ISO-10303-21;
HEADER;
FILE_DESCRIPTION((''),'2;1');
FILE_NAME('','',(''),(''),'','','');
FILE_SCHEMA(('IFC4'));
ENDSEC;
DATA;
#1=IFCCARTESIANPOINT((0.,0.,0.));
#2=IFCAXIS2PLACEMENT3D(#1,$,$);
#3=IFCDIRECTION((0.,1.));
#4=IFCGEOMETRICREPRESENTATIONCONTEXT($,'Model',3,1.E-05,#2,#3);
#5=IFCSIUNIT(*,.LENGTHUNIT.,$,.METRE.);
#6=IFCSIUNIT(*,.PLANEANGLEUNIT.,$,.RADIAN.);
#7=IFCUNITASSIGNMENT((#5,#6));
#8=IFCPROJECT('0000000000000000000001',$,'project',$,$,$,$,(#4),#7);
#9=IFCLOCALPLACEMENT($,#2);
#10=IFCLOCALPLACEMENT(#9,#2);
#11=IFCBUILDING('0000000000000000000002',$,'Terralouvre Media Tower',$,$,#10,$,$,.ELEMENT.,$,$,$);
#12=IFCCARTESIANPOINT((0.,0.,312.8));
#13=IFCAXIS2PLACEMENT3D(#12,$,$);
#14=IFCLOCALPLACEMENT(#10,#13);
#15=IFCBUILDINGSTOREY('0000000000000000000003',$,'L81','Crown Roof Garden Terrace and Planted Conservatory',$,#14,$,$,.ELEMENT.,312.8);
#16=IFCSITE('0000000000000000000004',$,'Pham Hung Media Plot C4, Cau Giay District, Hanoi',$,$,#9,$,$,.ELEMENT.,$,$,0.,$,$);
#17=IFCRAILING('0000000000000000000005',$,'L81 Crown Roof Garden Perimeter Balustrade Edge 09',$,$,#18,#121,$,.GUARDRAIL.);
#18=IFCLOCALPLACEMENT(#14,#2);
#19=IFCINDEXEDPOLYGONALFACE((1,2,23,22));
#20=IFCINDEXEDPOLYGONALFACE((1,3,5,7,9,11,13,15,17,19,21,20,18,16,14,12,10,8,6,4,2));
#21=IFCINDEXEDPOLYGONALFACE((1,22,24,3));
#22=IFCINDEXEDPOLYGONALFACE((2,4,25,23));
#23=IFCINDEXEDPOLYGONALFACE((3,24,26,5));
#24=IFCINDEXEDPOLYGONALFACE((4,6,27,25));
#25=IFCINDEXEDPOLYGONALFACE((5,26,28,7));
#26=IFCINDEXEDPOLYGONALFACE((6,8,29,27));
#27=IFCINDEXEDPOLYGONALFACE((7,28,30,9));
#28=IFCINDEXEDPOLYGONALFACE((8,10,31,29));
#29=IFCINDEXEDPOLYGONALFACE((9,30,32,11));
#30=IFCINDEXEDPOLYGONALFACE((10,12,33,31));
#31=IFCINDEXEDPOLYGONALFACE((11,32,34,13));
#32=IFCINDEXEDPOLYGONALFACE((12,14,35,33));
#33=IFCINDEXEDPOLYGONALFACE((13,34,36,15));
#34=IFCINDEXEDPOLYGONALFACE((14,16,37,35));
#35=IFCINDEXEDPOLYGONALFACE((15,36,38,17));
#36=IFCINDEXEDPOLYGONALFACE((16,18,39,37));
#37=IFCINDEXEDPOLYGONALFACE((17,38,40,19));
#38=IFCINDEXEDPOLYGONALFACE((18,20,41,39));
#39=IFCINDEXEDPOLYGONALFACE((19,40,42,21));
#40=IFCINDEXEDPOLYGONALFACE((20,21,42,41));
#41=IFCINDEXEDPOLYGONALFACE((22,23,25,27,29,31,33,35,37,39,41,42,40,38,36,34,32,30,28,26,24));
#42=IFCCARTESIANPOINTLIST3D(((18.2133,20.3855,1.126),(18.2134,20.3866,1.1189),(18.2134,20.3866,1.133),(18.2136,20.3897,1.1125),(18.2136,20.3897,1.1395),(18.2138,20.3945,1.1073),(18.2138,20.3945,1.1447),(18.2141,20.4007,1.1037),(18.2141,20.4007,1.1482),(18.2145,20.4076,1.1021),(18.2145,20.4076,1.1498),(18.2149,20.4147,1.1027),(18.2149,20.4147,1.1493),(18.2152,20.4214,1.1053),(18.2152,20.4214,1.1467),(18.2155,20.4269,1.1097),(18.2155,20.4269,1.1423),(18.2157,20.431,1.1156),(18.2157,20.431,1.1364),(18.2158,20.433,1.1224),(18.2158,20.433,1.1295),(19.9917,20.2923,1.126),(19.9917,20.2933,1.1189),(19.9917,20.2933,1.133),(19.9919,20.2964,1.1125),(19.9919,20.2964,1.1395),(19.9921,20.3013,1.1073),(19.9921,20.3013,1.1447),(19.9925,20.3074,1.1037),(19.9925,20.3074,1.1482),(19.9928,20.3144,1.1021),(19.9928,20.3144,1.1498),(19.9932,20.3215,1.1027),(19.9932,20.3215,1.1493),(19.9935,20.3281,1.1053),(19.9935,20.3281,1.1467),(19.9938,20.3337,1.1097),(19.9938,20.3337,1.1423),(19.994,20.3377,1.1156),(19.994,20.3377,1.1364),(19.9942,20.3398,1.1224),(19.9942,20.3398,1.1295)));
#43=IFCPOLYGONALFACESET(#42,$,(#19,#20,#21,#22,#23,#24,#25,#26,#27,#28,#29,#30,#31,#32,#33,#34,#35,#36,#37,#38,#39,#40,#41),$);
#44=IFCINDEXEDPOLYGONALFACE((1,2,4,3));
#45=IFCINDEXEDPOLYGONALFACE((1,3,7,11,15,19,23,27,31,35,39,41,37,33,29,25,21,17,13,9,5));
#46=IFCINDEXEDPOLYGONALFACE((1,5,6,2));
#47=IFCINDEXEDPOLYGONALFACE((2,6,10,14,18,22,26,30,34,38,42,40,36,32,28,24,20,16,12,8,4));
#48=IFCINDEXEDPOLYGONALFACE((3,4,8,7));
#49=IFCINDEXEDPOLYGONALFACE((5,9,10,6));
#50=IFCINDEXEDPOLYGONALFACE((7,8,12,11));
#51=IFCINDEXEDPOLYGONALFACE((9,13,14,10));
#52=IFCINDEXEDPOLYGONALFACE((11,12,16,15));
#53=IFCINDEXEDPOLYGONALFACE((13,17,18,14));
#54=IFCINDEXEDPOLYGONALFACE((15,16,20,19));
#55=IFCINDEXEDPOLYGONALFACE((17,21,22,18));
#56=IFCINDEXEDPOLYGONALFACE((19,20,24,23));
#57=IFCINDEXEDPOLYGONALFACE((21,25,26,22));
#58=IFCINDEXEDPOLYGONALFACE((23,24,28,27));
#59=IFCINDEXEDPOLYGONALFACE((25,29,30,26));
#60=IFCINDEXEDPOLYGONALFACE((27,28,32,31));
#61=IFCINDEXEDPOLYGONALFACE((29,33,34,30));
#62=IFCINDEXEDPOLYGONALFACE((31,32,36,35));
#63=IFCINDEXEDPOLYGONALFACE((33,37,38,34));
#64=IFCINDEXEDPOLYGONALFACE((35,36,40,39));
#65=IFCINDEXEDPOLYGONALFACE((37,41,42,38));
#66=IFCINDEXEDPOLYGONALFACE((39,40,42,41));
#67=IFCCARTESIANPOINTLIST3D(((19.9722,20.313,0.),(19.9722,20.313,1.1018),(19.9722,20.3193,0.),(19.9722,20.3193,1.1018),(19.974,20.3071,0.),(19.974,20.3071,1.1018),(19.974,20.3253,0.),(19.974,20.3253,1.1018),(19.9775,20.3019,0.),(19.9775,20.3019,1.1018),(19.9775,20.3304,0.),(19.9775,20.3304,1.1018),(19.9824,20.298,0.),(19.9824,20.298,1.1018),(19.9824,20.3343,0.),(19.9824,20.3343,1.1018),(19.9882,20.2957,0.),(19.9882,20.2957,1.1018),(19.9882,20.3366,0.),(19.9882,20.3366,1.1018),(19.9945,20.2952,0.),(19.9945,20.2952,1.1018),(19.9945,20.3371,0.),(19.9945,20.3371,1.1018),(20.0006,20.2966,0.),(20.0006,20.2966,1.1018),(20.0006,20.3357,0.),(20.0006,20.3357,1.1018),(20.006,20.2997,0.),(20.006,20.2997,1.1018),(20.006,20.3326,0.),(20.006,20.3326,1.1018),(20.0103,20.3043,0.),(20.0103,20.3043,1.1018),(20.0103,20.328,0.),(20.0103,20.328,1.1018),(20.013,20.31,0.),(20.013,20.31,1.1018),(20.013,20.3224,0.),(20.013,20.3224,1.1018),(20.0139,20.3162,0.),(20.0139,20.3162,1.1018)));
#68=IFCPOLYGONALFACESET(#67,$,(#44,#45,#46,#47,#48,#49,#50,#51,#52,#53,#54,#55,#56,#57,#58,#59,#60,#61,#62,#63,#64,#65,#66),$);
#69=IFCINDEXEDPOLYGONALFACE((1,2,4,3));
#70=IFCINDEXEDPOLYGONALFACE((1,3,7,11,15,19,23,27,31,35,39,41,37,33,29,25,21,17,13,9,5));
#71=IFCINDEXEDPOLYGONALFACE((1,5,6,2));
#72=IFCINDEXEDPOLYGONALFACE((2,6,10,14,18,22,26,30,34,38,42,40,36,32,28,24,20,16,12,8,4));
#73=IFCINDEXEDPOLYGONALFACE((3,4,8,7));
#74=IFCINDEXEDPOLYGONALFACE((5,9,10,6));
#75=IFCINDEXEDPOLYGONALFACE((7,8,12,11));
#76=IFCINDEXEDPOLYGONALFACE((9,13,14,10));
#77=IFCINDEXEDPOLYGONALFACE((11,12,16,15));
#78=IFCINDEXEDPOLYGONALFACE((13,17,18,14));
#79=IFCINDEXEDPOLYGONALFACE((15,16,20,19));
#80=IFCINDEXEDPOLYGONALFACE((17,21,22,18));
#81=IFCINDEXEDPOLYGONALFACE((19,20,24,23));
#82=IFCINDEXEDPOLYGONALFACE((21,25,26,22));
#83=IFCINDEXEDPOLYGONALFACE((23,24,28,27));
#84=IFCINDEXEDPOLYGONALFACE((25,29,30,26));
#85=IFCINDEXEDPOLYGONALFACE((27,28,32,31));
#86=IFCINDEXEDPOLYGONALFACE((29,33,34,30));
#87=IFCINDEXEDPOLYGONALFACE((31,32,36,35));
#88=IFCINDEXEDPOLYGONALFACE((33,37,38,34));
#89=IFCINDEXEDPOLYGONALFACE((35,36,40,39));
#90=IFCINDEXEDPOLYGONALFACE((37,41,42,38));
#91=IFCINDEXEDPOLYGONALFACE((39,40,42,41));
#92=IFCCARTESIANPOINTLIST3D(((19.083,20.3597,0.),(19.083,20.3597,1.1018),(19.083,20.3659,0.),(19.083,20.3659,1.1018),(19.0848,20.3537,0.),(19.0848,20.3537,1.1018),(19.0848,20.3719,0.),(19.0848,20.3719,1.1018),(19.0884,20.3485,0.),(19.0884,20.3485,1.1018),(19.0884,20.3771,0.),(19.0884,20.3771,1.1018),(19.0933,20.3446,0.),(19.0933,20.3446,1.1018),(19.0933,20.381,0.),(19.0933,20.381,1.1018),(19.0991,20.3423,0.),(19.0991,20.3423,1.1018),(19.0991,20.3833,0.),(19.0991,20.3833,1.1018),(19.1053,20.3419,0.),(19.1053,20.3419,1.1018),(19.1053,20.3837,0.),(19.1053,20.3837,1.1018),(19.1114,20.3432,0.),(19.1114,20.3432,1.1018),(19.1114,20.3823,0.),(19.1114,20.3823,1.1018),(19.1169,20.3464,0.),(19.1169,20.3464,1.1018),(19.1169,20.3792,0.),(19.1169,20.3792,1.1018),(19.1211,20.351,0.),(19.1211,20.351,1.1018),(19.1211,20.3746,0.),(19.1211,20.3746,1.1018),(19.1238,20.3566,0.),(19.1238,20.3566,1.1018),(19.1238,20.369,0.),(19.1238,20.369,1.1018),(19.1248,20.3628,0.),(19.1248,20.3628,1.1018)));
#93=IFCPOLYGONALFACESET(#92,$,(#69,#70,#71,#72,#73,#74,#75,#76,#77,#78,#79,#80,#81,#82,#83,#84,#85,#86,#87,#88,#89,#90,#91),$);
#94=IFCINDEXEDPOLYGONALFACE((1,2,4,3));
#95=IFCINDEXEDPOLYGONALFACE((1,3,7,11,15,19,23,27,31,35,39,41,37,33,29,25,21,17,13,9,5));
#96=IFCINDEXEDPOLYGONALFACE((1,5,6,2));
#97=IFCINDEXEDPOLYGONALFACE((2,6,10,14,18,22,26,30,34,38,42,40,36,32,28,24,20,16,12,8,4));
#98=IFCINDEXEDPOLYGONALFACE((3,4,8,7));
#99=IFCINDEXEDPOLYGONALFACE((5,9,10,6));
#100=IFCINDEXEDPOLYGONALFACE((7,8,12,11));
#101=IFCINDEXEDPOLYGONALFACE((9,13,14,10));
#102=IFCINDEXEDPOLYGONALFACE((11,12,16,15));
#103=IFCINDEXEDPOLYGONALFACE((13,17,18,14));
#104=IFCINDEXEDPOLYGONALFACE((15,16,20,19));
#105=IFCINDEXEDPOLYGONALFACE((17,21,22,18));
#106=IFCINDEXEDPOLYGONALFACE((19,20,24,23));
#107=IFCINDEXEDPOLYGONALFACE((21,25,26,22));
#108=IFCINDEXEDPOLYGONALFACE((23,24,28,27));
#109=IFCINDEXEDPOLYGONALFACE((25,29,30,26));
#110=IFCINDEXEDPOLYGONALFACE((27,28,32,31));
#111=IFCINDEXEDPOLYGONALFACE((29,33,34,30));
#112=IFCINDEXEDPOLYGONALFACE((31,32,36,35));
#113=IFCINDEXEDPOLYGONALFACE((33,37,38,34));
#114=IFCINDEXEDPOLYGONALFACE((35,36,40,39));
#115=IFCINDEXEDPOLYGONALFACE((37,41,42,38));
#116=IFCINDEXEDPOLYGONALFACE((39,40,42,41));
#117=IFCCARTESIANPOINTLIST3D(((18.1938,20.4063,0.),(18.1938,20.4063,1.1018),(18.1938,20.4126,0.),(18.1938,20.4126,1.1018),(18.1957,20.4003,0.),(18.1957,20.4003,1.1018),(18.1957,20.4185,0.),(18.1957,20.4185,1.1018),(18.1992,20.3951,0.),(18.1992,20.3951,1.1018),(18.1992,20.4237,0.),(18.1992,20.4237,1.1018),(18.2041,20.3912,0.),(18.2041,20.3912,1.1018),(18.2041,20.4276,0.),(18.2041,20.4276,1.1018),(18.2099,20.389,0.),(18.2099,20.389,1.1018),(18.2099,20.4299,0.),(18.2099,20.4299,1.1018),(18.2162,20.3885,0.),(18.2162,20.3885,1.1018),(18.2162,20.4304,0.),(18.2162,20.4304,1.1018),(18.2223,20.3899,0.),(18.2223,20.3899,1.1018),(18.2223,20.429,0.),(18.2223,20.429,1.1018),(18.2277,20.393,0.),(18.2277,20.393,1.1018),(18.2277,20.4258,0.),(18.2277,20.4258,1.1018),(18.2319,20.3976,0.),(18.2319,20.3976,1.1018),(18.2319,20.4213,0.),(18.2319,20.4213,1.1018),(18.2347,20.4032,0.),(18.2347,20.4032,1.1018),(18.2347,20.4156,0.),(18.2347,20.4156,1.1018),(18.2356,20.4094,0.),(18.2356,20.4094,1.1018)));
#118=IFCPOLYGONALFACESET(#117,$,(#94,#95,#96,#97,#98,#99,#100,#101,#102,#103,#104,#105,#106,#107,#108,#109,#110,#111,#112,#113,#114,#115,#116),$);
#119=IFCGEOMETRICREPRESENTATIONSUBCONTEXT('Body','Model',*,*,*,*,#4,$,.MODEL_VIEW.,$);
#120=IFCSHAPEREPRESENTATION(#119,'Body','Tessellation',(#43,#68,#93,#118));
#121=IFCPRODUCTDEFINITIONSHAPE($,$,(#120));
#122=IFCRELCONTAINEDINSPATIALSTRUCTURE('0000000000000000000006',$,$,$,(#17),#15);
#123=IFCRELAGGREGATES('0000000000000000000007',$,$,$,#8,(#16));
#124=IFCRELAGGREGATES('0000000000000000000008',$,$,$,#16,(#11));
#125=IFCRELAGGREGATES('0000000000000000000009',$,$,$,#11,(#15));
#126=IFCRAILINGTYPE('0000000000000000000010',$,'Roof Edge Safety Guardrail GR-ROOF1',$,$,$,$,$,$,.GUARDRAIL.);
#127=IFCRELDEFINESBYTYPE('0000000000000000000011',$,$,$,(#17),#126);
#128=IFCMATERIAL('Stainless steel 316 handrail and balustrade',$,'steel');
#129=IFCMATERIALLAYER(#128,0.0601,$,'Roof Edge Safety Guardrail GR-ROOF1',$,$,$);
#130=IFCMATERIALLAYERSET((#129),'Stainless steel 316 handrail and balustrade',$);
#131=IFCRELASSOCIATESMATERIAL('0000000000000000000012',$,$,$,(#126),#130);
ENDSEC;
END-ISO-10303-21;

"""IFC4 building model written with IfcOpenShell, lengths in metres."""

from ifc_helpers import new_model, si_unit, direction, frame, origin, origin_2d, place, context, subcontext, project, spatial, circle, extrude, material, layer, layer_set, type_object, element, save


model = new_model("IFC4")

# Units and contexts
model_context = context("Model", 3, precision=1e-05, world=origin(), true_north=direction((0.0, 1.0)))
body_context = subcontext(model_context, "Body", "Model", "MODEL_VIEW")
ifc_project = project(units=[si_unit("LENGTHUNIT", "METRE"), si_unit("PLANEANGLEUNIT", "RADIAN")], contexts=[model_context])

# Site, building, storey
site_placement = place(None, origin())
site = spatial("IfcSite", under=ifc_project, at=site_placement, Name="Pham Hung Media Plot C4, Cau Giay District, Hanoi", CompositionType="ELEMENT", RefElevation=0.0)
building_placement = place(site_placement, origin())
building = spatial("IfcBuilding", under=site, at=building_placement, Name="Terralouvre Media Tower", CompositionType="ELEMENT")
storey_placement = place(building_placement, frame((0.0, 0.0, 312.8)))
storey = spatial("IfcBuildingStorey", under=building, at=storey_placement, Name="L81", Description="Crown Roof Garden Terrace and Planted Conservatory", CompositionType="ELEMENT", Elevation=312.8)

# Railing
ifc_material_1 = material(Name="Stainless steel 316 handrail and balustrade", Category="steel")
ifc_layer_1 = layer(ifc_material_1, 0.0601, Name="Roof Edge Safety Guardrail GR-ROOF1")
ifc_layer_set_1 = layer_set([ifc_layer_1], Name="Stainless steel 316 handrail and balustrade")
railing_type = type_object("IfcRailingType", Name="Roof Edge Safety Guardrail GR-ROOF1", PredefinedType="GUARDRAIL", material=ifc_layer_set_1)
railing_1_placement = place(storey_placement, frame((19.9929, 20.3162, 0.0)))
element("IfcRailing", 1, at=railing_1_placement, inside=storey, type_object=railing_type, Name="L81 Crown Roof Garden Perimeter Balustrade Edge 09", PredefinedType="GUARDRAIL", context=body_context, shape_type="SweptSolid", body=[
    extrude(circle(Radius=0.0239, at=origin_2d()), frame((0.0, 0.0, 1.126), z_axis=(-0.998628, 0.052372, 0.0), x_axis=(-0.052372, -0.998628, 0.0)), (0.0, 0.0, 1.0), 1.7808),
    extrude(circle(Radius=0.021, at=origin_2d()), origin(), (0.0, 0.0, 1.0), 1.1018),
    extrude(circle(Radius=0.021, at=origin_2d()), frame((-0.8892, 0.0466, 0.0)), (0.0, 0.0, 1.0), 1.1018),
    extrude(circle(Radius=0.021, at=origin_2d()), frame((-1.7783, 0.0933, 0.0)), (0.0, 0.0, 1.0), 1.1018),
])

save(model, "model.ifc")
